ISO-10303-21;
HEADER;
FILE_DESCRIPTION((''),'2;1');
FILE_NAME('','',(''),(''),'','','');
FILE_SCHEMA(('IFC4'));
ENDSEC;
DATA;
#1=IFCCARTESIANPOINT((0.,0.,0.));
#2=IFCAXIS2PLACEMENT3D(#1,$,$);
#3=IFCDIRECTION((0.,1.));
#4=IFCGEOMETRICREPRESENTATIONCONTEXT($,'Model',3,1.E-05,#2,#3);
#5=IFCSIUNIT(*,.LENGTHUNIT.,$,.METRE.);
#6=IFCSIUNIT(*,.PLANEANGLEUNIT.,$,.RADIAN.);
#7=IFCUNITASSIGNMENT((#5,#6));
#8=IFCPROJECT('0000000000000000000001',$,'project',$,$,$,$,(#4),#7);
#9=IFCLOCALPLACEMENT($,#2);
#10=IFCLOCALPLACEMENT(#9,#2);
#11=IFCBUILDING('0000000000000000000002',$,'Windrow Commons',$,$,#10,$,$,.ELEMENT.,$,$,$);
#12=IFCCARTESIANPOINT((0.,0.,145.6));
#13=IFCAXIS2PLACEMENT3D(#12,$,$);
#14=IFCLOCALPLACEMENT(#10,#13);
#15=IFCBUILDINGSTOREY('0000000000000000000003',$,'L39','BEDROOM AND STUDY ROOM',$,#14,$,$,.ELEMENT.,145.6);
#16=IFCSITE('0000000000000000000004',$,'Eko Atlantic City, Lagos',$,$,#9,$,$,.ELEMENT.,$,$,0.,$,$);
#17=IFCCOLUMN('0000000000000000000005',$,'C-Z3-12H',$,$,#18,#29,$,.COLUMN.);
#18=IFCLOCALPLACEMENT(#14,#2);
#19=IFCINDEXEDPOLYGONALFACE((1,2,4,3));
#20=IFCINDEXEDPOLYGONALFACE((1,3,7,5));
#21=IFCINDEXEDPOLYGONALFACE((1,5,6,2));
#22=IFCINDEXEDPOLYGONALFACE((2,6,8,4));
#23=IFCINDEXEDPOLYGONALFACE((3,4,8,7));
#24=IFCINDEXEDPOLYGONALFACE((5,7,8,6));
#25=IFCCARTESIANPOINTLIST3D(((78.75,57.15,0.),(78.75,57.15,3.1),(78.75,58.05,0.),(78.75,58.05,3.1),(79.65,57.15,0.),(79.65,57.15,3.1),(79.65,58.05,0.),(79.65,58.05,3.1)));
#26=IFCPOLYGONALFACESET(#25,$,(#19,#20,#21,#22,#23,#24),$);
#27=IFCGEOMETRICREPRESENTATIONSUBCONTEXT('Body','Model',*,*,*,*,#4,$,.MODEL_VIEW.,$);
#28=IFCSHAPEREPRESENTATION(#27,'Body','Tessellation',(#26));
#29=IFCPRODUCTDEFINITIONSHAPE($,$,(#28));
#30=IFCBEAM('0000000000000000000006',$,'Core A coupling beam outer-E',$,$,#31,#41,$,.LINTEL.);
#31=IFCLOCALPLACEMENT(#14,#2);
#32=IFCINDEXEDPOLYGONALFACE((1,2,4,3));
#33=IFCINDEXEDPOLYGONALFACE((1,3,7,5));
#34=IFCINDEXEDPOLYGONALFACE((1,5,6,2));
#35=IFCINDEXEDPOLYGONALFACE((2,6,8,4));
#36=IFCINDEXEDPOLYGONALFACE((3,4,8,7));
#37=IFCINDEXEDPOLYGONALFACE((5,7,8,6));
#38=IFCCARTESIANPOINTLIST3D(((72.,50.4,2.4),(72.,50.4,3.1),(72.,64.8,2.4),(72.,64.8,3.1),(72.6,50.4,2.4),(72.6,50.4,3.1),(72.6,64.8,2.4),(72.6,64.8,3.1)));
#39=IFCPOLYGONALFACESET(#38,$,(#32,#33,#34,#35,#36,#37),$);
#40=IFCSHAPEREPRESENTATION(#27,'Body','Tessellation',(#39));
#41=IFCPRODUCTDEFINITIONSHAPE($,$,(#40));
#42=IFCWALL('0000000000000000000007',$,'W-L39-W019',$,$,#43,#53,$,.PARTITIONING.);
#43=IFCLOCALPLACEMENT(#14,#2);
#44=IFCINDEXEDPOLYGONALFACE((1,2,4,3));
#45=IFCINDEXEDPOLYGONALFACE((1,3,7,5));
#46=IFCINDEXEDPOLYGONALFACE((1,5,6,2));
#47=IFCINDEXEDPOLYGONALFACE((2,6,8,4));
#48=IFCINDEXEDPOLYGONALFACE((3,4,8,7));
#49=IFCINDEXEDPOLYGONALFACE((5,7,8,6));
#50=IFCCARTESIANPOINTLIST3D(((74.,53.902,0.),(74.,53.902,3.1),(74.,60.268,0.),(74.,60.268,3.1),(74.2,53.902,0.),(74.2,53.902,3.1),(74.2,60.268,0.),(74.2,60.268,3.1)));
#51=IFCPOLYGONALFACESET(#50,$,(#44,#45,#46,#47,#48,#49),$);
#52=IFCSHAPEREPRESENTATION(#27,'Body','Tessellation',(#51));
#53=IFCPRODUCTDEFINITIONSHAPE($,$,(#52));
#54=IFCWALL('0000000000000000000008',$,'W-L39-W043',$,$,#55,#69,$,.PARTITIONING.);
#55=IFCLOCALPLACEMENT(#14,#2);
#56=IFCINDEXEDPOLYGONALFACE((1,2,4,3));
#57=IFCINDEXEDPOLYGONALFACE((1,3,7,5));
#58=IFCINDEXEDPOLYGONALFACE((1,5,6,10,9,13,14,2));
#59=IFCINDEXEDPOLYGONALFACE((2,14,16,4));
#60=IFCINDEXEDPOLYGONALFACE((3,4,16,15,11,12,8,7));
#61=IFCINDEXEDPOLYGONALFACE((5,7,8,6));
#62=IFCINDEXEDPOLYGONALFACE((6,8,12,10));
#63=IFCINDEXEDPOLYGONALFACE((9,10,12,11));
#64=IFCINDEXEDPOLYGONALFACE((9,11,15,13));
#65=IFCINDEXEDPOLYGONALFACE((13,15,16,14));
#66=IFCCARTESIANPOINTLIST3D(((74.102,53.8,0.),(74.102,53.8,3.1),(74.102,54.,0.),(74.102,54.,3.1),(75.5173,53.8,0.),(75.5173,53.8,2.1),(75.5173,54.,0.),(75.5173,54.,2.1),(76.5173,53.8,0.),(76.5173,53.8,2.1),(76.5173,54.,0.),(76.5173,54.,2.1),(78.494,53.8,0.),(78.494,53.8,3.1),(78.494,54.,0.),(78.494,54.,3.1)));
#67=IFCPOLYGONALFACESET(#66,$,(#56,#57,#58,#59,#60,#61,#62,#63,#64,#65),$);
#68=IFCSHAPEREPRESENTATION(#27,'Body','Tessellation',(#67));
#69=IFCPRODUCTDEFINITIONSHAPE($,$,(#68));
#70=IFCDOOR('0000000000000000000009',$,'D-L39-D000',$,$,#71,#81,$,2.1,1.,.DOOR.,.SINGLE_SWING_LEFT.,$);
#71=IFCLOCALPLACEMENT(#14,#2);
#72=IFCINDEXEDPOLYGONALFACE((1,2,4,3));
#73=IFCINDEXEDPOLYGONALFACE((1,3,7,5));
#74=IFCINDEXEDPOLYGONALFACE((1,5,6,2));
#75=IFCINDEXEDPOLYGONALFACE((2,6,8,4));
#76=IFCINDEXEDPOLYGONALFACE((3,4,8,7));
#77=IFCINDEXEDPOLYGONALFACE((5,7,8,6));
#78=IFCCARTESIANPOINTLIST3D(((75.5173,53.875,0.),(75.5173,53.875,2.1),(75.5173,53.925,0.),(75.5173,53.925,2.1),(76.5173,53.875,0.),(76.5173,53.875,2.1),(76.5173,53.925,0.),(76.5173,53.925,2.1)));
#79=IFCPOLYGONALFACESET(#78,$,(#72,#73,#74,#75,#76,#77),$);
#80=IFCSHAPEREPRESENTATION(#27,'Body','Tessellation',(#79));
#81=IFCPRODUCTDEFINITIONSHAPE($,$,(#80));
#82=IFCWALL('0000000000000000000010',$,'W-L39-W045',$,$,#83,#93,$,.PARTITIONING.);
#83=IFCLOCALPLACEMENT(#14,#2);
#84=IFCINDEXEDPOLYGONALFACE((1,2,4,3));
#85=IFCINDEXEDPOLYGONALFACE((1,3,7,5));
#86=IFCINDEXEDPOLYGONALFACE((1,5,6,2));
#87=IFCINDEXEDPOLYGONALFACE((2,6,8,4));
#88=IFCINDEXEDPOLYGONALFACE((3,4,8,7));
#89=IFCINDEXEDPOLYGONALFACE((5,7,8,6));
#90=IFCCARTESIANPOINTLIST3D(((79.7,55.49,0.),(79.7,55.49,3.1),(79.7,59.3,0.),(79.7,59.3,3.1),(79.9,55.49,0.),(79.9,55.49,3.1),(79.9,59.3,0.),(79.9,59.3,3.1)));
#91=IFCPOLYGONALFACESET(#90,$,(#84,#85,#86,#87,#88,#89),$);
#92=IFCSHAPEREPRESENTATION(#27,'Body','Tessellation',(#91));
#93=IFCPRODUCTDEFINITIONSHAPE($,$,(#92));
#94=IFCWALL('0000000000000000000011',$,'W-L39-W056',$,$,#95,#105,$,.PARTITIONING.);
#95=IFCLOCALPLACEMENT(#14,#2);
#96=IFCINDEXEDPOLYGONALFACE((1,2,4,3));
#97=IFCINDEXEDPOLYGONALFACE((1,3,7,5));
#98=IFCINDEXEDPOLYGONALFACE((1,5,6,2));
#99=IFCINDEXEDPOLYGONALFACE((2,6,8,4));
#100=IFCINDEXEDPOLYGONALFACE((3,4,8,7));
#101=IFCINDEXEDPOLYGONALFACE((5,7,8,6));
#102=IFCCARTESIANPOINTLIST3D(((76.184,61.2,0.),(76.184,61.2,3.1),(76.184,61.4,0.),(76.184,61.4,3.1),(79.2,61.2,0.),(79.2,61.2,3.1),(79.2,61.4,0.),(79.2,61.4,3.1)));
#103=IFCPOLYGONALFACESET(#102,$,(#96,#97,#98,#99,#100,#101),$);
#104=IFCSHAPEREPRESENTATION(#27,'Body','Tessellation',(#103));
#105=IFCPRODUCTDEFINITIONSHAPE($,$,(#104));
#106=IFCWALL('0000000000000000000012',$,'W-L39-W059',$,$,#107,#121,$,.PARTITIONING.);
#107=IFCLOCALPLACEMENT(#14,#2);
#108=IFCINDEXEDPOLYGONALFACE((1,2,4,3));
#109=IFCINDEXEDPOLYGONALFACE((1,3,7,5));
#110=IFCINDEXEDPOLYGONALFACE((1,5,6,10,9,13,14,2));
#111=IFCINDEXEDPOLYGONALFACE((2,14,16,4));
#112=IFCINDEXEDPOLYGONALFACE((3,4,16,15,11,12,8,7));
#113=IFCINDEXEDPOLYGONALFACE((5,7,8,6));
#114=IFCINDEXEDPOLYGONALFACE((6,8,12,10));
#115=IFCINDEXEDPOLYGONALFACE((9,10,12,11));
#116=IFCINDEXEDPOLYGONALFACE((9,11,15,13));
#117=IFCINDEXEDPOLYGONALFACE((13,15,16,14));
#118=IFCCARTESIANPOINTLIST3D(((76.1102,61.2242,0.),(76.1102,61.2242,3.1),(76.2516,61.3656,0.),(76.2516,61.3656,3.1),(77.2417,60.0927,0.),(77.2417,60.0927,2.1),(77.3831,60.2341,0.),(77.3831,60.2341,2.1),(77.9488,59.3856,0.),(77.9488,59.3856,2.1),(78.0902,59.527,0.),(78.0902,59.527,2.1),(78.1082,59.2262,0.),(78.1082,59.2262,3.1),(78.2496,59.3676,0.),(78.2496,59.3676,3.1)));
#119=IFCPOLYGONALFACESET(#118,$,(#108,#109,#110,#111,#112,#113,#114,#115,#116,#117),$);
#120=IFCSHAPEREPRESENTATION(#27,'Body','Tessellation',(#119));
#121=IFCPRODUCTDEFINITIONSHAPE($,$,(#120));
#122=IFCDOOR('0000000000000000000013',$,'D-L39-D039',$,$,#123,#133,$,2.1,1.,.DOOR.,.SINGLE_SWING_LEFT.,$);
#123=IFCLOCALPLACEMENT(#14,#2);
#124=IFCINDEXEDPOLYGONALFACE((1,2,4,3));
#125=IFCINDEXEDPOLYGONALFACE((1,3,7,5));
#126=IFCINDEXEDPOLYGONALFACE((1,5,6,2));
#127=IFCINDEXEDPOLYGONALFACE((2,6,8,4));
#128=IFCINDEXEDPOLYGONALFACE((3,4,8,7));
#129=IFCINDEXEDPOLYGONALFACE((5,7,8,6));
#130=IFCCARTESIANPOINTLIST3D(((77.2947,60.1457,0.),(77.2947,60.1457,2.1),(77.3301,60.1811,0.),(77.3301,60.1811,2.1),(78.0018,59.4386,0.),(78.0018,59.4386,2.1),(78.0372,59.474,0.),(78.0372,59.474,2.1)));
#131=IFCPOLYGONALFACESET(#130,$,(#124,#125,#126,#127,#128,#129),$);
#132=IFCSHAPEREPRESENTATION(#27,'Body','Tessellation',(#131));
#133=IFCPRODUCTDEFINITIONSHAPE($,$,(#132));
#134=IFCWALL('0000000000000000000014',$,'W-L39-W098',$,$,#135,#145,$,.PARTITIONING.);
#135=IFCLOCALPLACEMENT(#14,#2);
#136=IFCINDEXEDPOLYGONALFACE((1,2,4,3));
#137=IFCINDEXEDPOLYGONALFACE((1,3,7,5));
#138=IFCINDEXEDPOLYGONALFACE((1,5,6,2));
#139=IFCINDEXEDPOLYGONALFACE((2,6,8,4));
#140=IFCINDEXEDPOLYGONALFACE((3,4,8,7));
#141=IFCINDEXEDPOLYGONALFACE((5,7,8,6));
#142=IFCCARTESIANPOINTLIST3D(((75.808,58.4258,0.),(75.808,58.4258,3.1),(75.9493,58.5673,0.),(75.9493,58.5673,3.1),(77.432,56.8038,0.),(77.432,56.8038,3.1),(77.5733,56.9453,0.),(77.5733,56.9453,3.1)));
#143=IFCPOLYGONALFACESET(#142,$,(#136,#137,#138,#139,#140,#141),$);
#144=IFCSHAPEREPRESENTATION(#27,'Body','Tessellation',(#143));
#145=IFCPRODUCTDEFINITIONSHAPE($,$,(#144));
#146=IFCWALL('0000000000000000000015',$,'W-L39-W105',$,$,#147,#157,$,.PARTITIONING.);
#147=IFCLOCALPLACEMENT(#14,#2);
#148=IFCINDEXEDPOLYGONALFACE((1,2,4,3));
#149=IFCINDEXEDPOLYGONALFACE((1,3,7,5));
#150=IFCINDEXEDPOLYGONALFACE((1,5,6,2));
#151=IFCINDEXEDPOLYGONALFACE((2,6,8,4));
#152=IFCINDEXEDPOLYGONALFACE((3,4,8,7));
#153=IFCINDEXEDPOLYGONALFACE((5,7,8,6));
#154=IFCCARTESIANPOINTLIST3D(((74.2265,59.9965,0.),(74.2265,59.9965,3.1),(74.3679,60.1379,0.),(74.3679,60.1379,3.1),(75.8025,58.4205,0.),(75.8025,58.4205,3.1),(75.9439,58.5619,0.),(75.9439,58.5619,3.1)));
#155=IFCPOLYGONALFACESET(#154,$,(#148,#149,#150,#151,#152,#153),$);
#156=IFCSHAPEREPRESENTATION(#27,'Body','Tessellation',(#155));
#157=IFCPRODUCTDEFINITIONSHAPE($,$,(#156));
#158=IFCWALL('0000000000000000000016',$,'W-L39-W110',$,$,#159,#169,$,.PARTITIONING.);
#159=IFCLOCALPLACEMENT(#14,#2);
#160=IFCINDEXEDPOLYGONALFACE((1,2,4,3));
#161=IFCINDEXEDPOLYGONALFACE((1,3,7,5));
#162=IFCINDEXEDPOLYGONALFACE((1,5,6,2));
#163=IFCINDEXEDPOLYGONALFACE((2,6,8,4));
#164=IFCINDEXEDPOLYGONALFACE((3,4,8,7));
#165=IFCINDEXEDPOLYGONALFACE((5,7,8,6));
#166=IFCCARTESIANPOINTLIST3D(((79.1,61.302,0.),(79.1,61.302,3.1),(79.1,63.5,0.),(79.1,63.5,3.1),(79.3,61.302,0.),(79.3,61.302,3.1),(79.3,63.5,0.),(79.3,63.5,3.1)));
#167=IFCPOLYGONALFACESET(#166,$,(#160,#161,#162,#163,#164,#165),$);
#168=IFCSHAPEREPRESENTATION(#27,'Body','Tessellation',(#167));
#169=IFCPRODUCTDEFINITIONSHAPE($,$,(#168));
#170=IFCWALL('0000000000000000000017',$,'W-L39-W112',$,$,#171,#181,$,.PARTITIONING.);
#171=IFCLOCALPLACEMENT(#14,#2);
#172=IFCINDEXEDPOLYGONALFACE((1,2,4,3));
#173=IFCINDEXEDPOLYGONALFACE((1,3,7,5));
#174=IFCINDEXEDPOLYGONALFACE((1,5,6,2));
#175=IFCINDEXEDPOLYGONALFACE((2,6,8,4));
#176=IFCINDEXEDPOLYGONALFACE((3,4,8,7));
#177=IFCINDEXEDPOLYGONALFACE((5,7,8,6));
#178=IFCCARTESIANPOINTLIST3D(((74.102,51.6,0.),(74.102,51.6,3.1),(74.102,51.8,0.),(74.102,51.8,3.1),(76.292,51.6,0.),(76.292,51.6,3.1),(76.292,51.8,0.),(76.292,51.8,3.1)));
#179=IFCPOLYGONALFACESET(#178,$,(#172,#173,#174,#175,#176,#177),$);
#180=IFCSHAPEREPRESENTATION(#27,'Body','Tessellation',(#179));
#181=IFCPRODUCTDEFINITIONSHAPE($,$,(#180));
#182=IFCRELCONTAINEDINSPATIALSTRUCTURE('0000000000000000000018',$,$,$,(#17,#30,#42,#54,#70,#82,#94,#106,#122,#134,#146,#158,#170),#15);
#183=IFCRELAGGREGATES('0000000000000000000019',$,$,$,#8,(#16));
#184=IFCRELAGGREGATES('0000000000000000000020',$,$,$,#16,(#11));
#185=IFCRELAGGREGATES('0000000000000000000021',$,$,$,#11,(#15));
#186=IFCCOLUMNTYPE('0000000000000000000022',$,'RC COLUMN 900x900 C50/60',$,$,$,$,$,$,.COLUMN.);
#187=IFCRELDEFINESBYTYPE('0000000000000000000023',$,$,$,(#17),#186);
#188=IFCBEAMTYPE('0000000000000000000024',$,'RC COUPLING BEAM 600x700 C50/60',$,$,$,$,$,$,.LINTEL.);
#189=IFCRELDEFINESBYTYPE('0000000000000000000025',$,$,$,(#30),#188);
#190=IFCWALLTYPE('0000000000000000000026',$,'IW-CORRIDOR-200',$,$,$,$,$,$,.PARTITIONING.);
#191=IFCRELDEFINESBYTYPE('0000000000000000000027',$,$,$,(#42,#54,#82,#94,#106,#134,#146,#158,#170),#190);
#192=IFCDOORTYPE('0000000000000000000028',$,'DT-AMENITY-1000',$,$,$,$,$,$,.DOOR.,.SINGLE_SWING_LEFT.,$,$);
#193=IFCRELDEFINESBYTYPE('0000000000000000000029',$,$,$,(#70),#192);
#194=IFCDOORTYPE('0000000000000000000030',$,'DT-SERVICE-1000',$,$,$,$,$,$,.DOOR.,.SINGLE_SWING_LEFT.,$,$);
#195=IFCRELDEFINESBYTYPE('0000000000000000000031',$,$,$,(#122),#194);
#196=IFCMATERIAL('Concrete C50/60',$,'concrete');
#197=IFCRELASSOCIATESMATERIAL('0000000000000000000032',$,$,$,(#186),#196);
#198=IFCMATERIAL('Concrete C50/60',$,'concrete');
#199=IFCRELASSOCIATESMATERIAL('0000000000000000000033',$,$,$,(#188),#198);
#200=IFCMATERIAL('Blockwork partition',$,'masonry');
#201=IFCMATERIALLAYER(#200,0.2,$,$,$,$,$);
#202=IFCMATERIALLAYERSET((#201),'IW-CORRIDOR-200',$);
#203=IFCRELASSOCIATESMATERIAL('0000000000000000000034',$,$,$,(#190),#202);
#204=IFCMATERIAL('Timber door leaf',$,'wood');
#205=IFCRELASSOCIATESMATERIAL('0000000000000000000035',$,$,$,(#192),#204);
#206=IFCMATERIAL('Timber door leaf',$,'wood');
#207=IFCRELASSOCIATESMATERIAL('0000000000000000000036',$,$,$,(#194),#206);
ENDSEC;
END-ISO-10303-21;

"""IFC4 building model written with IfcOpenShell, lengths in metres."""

from ifc_helpers import new_model, si_unit, direction, frame, frame_2d, origin, origin_2d, place, context, subcontext, project, spatial, rectangle, extrude, material, layer, layer_set, material_profile, profile_set, type_object, element, fill, save


model = new_model("IFC4")

# Units and contexts
model_context = context("Model", 3, precision=1e-05, world=origin(), true_north=direction((0.0, 1.0)))
body_context = subcontext(model_context, "Body", "Model", "MODEL_VIEW")
ifc_project = project(units=[si_unit("LENGTHUNIT", "METRE"), si_unit("PLANEANGLEUNIT", "RADIAN")], contexts=[model_context])

# Site, building, storey
site_placement = place(None, origin())
site = spatial("IfcSite", under=ifc_project, at=site_placement, Name="Eko Atlantic City, Lagos", CompositionType="ELEMENT", RefElevation=0.0)
building_placement = place(site_placement, origin())
building = spatial("IfcBuilding", under=site, at=building_placement, Name="Windrow Commons", CompositionType="ELEMENT")
storey_placement = place(building_placement, frame((0.0, 0.0, 145.6)))
storey = spatial("IfcBuildingStorey", under=building, at=storey_placement, Name="L39", Description="BEDROOM AND STUDY ROOM", CompositionType="ELEMENT", Elevation=145.6)

# Column
ifc_material_1 = material(Name="Concrete C50/60", Category="concrete")
ifc_material_profile_1 = material_profile(ifc_material_1, rectangle(XDim=0.9, YDim=0.9, at=origin_2d()))
ifc_profile_set_1 = profile_set([ifc_material_profile_1], Name="Concrete C50/60")
column_type = type_object("IfcColumnType", Name="RC COLUMN 900x900 C50/60", PredefinedType="COLUMN", material=ifc_profile_set_1)
column_placement = place(storey_placement, frame((79.2, 57.6, 0.0), z_axis=(0.0, 0.0, 1.0), x_axis=(1.0, 0.0, 0.0)))
element("IfcColumn", 1, at=column_placement, inside=storey, type_object=column_type, Name="C-Z3-12H", PredefinedType="COLUMN", context=body_context, shape_type="SweptSolid", body=[
    extrude(rectangle(XDim=0.9, YDim=0.9, at=origin_2d()), origin(), (0.0, 0.0, 1.0), 3.1),
])

# Beam
ifc_material_2 = material(Name="Concrete C50/60", Category="concrete")
ifc_material_profile_2 = material_profile(ifc_material_2, rectangle(XDim=0.6, YDim=0.7, at=origin_2d()))
ifc_profile_set_2 = profile_set([ifc_material_profile_2], Name="Concrete C50/60")
beam_type = type_object("IfcBeamType", Name="RC COUPLING BEAM 600x700 C50/60", PredefinedType="LINTEL", material=ifc_profile_set_2)
beam_placement = place(storey_placement, frame((72.3, 50.4, 2.75), z_axis=(0.0, 1.0, 0.0), x_axis=(-1.0, 0.0, 0.0)))
element("IfcBeam", 2, at=beam_placement, inside=storey, type_object=beam_type, Name="Core A coupling beam outer-E", PredefinedType="LINTEL", context=body_context, shape_type="SweptSolid", body=[
    extrude(rectangle(XDim=0.6, YDim=0.7, at=origin_2d()), origin(), (0.0, 0.0, 1.0), 14.4),
])

# Wall
ifc_material_3 = material(Name="Blockwork partition", Category="masonry")
ifc_layer_1 = layer(ifc_material_3, 0.2)
ifc_layer_set_1 = layer_set([ifc_layer_1], Name="IW-CORRIDOR-200")
wall_type_1 = type_object("IfcWallType", Name="IW-CORRIDOR-200", PredefinedType="PARTITIONING", material=ifc_layer_set_1)
wall_1_placement = place(storey_placement, frame((74.1, 53.902, 0.0), z_axis=(0.0, 0.0, 1.0), x_axis=(0.0, 1.0, 0.0)))
element("IfcWall", 3, at=wall_1_placement, inside=storey, type_object=wall_type_1, Name="W-L39-W019", PredefinedType="PARTITIONING", context=body_context, shape_type="SweptSolid", body=[
    extrude(rectangle(XDim=6.366, YDim=0.2, at=frame_2d((3.183, 0.0))), origin(), (0.0, 0.0, 1.0), 3.1),
])

# Wall, opening, door
wall_2_placement = place(storey_placement, frame((74.102, 53.9, 0.0), z_axis=(0.0, 0.0, 1.0), x_axis=(1.0, 0.0, 0.0)))
wall_2 = element("IfcWall", 4, at=wall_2_placement, inside=storey, type_object=wall_type_1, Name="W-L39-W043", PredefinedType="PARTITIONING", context=body_context, shape_type="SweptSolid", body=[
    extrude(rectangle(XDim=4.392, YDim=0.2, at=frame_2d((2.196, 0.0))), origin(), (0.0, 0.0, 1.0), 3.1),
])
opening_1_placement = place(wall_2_placement, frame((1.4153, 0.0, 0.0)))
opening_1 = element("IfcOpeningElement", 5, at=opening_1_placement, cuts=wall_2, PredefinedType="OPENING", context=body_context, shape_type="SweptSolid", body=[
    extrude(rectangle(XDim=1.0, YDim=2.1, at=frame_2d((0.5, 1.05))), frame((0.0, 0.11, 0.0), z_axis=(0.0, -1.0, 0.0), x_axis=(1.0, 0.0, 0.0)), (0.0, 0.0, 1.0), 0.22),
])
ifc_material_4 = material(Name="Timber door leaf", Category="wood")
door_type_1 = type_object("IfcDoorType", Name="DT-AMENITY-1000", OperationType="SINGLE_SWING_LEFT", PredefinedType="DOOR", material=ifc_material_4)
door_1_placement = place(opening_1_placement, origin())
door_1 = element("IfcDoor", 6, at=door_1_placement, inside=storey, type_object=door_type_1, Name="D-L39-D000", OperationType="SINGLE_SWING_LEFT", OverallHeight=2.1, OverallWidth=1.0, PredefinedType="DOOR", context=body_context, shape_type="SweptSolid", body=[
    extrude(rectangle(XDim=1.0, YDim=2.1, at=frame_2d((0.5, 1.05))), frame((0.0, 0.025, 0.0), z_axis=(0.0, -1.0, 0.0), x_axis=(1.0, 0.0, 0.0)), (0.0, 0.0, 1.0), 0.05),
])
fill(opening_1, door_1)

# Walls
wall_3_placement = place(storey_placement, frame((79.8, 55.49, 0.0), z_axis=(0.0, 0.0, 1.0), x_axis=(0.0, 1.0, 0.0)))
element("IfcWall", 7, at=wall_3_placement, inside=storey, type_object=wall_type_1, Name="W-L39-W045", PredefinedType="PARTITIONING", context=body_context, shape_type="SweptSolid", body=[
    extrude(rectangle(XDim=3.81, YDim=0.2, at=frame_2d((1.905, 0.0))), origin(), (0.0, 0.0, 1.0), 3.1),
])
wall_4_placement = place(storey_placement, frame((76.184, 61.3, 0.0), z_axis=(0.0, 0.0, 1.0), x_axis=(1.0, 0.0, 0.0)))
element("IfcWall", 8, at=wall_4_placement, inside=storey, type_object=wall_type_1, Name="W-L39-W056", PredefinedType="PARTITIONING", context=body_context, shape_type="SweptSolid", body=[
    extrude(rectangle(XDim=3.016, YDim=0.2, at=frame_2d((1.508, 0.0))), origin(), (0.0, 0.0, 1.0), 3.1),
])

# Wall, opening, door
wall_5_placement = place(storey_placement, frame((76.1809, 61.2949, 0.0), z_axis=(0.0, 0.0, 1.0), x_axis=(0.707107, -0.707107, 0.0)))
wall_5 = element("IfcWall", 9, at=wall_5_placement, inside=storey, type_object=wall_type_1, Name="W-L39-W059", PredefinedType="PARTITIONING", context=body_context, shape_type="SweptSolid", body=[
    extrude(rectangle(XDim=2.8256, YDim=0.2, at=frame_2d((1.4128, 0.0))), origin(), (0.0, 0.0, 1.0), 3.1),
])
opening_2_placement = place(wall_5_placement, frame((1.6002, 0.0, 0.0)))
opening_2 = element("IfcOpeningElement", 10, at=opening_2_placement, cuts=wall_5, PredefinedType="OPENING", context=body_context, shape_type="SweptSolid", body=[
    extrude(rectangle(XDim=1.0, YDim=2.1, at=frame_2d((0.5, 1.05))), frame((0.0, 0.11, 0.0), z_axis=(0.0, -1.0, 0.0), x_axis=(1.0, 0.0, 0.0)), (0.0, 0.0, 1.0), 0.22),
])
ifc_material_5 = material(Name="Timber door leaf", Category="wood")
door_type_2 = type_object("IfcDoorType", Name="DT-SERVICE-1000", OperationType="SINGLE_SWING_LEFT", PredefinedType="DOOR", material=ifc_material_5)
door_2_placement = place(opening_2_placement, origin())
door_2 = element("IfcDoor", 11, at=door_2_placement, inside=storey, type_object=door_type_2, Name="D-L39-D039", OperationType="SINGLE_SWING_LEFT", OverallHeight=2.1, OverallWidth=1.0, PredefinedType="DOOR", context=body_context, shape_type="SweptSolid", body=[
    extrude(rectangle(XDim=1.0, YDim=2.1, at=frame_2d((0.5, 1.05))), frame((0.0, 0.025, 0.0), z_axis=(0.0, -1.0, 0.0), x_axis=(1.0, 0.0, 0.0)), (0.0, 0.0, 1.0), 0.05),
])
fill(opening_2, door_2)

# Walls
wall_6_placement = place(storey_placement, frame((75.8786, 58.4966, 0.0), z_axis=(0.0, 0.0, 1.0), x_axis=(0.707542, -0.706671, 0.0)))
element("IfcWall", 12, at=wall_6_placement, inside=storey, type_object=wall_type_1, Name="W-L39-W098", PredefinedType="PARTITIONING", context=body_context, shape_type="SweptSolid", body=[
    extrude(rectangle(XDim=2.2953, YDim=0.2, at=frame_2d((1.1477, 0.0))), origin(), (0.0, 0.0, 1.0), 3.1),
])
wall_7_placement = place(storey_placement, frame((74.2972, 60.0672, 0.0), z_axis=(0.0, 0.0, 1.0), x_axis=(0.707107, -0.707107, 0.0)))
element("IfcWall", 13, at=wall_7_placement, inside=storey, type_object=wall_type_1, Name="W-L39-W105", PredefinedType="PARTITIONING", context=body_context, shape_type="SweptSolid", body=[
    extrude(rectangle(XDim=2.2288, YDim=0.2, at=frame_2d((1.1144, 0.0))), origin(), (0.0, 0.0, 1.0), 3.1),
])
wall_8_placement = place(storey_placement, frame((79.2, 61.302, 0.0), z_axis=(0.0, 0.0, 1.0), x_axis=(0.0, 1.0, 0.0)))
element("IfcWall", 14, at=wall_8_placement, inside=storey, type_object=wall_type_1, Name="W-L39-W110", PredefinedType="PARTITIONING", context=body_context, shape_type="SweptSolid", body=[
    extrude(rectangle(XDim=2.198, YDim=0.2, at=frame_2d((1.099, 0.0))), origin(), (0.0, 0.0, 1.0), 3.1),
])
wall_9_placement = place(storey_placement, frame((74.102, 51.7, 0.0), z_axis=(0.0, 0.0, 1.0), x_axis=(1.0, 0.0, 0.0)))
element("IfcWall", 15, at=wall_9_placement, inside=storey, type_object=wall_type_1, Name="W-L39-W112", PredefinedType="PARTITIONING", context=body_context, shape_type="SweptSolid", body=[
    extrude(rectangle(XDim=2.19, YDim=0.2, at=frame_2d((1.095, 0.0))), origin(), (0.0, 0.0, 1.0), 3.1),
])

save(model, "model.ifc")
